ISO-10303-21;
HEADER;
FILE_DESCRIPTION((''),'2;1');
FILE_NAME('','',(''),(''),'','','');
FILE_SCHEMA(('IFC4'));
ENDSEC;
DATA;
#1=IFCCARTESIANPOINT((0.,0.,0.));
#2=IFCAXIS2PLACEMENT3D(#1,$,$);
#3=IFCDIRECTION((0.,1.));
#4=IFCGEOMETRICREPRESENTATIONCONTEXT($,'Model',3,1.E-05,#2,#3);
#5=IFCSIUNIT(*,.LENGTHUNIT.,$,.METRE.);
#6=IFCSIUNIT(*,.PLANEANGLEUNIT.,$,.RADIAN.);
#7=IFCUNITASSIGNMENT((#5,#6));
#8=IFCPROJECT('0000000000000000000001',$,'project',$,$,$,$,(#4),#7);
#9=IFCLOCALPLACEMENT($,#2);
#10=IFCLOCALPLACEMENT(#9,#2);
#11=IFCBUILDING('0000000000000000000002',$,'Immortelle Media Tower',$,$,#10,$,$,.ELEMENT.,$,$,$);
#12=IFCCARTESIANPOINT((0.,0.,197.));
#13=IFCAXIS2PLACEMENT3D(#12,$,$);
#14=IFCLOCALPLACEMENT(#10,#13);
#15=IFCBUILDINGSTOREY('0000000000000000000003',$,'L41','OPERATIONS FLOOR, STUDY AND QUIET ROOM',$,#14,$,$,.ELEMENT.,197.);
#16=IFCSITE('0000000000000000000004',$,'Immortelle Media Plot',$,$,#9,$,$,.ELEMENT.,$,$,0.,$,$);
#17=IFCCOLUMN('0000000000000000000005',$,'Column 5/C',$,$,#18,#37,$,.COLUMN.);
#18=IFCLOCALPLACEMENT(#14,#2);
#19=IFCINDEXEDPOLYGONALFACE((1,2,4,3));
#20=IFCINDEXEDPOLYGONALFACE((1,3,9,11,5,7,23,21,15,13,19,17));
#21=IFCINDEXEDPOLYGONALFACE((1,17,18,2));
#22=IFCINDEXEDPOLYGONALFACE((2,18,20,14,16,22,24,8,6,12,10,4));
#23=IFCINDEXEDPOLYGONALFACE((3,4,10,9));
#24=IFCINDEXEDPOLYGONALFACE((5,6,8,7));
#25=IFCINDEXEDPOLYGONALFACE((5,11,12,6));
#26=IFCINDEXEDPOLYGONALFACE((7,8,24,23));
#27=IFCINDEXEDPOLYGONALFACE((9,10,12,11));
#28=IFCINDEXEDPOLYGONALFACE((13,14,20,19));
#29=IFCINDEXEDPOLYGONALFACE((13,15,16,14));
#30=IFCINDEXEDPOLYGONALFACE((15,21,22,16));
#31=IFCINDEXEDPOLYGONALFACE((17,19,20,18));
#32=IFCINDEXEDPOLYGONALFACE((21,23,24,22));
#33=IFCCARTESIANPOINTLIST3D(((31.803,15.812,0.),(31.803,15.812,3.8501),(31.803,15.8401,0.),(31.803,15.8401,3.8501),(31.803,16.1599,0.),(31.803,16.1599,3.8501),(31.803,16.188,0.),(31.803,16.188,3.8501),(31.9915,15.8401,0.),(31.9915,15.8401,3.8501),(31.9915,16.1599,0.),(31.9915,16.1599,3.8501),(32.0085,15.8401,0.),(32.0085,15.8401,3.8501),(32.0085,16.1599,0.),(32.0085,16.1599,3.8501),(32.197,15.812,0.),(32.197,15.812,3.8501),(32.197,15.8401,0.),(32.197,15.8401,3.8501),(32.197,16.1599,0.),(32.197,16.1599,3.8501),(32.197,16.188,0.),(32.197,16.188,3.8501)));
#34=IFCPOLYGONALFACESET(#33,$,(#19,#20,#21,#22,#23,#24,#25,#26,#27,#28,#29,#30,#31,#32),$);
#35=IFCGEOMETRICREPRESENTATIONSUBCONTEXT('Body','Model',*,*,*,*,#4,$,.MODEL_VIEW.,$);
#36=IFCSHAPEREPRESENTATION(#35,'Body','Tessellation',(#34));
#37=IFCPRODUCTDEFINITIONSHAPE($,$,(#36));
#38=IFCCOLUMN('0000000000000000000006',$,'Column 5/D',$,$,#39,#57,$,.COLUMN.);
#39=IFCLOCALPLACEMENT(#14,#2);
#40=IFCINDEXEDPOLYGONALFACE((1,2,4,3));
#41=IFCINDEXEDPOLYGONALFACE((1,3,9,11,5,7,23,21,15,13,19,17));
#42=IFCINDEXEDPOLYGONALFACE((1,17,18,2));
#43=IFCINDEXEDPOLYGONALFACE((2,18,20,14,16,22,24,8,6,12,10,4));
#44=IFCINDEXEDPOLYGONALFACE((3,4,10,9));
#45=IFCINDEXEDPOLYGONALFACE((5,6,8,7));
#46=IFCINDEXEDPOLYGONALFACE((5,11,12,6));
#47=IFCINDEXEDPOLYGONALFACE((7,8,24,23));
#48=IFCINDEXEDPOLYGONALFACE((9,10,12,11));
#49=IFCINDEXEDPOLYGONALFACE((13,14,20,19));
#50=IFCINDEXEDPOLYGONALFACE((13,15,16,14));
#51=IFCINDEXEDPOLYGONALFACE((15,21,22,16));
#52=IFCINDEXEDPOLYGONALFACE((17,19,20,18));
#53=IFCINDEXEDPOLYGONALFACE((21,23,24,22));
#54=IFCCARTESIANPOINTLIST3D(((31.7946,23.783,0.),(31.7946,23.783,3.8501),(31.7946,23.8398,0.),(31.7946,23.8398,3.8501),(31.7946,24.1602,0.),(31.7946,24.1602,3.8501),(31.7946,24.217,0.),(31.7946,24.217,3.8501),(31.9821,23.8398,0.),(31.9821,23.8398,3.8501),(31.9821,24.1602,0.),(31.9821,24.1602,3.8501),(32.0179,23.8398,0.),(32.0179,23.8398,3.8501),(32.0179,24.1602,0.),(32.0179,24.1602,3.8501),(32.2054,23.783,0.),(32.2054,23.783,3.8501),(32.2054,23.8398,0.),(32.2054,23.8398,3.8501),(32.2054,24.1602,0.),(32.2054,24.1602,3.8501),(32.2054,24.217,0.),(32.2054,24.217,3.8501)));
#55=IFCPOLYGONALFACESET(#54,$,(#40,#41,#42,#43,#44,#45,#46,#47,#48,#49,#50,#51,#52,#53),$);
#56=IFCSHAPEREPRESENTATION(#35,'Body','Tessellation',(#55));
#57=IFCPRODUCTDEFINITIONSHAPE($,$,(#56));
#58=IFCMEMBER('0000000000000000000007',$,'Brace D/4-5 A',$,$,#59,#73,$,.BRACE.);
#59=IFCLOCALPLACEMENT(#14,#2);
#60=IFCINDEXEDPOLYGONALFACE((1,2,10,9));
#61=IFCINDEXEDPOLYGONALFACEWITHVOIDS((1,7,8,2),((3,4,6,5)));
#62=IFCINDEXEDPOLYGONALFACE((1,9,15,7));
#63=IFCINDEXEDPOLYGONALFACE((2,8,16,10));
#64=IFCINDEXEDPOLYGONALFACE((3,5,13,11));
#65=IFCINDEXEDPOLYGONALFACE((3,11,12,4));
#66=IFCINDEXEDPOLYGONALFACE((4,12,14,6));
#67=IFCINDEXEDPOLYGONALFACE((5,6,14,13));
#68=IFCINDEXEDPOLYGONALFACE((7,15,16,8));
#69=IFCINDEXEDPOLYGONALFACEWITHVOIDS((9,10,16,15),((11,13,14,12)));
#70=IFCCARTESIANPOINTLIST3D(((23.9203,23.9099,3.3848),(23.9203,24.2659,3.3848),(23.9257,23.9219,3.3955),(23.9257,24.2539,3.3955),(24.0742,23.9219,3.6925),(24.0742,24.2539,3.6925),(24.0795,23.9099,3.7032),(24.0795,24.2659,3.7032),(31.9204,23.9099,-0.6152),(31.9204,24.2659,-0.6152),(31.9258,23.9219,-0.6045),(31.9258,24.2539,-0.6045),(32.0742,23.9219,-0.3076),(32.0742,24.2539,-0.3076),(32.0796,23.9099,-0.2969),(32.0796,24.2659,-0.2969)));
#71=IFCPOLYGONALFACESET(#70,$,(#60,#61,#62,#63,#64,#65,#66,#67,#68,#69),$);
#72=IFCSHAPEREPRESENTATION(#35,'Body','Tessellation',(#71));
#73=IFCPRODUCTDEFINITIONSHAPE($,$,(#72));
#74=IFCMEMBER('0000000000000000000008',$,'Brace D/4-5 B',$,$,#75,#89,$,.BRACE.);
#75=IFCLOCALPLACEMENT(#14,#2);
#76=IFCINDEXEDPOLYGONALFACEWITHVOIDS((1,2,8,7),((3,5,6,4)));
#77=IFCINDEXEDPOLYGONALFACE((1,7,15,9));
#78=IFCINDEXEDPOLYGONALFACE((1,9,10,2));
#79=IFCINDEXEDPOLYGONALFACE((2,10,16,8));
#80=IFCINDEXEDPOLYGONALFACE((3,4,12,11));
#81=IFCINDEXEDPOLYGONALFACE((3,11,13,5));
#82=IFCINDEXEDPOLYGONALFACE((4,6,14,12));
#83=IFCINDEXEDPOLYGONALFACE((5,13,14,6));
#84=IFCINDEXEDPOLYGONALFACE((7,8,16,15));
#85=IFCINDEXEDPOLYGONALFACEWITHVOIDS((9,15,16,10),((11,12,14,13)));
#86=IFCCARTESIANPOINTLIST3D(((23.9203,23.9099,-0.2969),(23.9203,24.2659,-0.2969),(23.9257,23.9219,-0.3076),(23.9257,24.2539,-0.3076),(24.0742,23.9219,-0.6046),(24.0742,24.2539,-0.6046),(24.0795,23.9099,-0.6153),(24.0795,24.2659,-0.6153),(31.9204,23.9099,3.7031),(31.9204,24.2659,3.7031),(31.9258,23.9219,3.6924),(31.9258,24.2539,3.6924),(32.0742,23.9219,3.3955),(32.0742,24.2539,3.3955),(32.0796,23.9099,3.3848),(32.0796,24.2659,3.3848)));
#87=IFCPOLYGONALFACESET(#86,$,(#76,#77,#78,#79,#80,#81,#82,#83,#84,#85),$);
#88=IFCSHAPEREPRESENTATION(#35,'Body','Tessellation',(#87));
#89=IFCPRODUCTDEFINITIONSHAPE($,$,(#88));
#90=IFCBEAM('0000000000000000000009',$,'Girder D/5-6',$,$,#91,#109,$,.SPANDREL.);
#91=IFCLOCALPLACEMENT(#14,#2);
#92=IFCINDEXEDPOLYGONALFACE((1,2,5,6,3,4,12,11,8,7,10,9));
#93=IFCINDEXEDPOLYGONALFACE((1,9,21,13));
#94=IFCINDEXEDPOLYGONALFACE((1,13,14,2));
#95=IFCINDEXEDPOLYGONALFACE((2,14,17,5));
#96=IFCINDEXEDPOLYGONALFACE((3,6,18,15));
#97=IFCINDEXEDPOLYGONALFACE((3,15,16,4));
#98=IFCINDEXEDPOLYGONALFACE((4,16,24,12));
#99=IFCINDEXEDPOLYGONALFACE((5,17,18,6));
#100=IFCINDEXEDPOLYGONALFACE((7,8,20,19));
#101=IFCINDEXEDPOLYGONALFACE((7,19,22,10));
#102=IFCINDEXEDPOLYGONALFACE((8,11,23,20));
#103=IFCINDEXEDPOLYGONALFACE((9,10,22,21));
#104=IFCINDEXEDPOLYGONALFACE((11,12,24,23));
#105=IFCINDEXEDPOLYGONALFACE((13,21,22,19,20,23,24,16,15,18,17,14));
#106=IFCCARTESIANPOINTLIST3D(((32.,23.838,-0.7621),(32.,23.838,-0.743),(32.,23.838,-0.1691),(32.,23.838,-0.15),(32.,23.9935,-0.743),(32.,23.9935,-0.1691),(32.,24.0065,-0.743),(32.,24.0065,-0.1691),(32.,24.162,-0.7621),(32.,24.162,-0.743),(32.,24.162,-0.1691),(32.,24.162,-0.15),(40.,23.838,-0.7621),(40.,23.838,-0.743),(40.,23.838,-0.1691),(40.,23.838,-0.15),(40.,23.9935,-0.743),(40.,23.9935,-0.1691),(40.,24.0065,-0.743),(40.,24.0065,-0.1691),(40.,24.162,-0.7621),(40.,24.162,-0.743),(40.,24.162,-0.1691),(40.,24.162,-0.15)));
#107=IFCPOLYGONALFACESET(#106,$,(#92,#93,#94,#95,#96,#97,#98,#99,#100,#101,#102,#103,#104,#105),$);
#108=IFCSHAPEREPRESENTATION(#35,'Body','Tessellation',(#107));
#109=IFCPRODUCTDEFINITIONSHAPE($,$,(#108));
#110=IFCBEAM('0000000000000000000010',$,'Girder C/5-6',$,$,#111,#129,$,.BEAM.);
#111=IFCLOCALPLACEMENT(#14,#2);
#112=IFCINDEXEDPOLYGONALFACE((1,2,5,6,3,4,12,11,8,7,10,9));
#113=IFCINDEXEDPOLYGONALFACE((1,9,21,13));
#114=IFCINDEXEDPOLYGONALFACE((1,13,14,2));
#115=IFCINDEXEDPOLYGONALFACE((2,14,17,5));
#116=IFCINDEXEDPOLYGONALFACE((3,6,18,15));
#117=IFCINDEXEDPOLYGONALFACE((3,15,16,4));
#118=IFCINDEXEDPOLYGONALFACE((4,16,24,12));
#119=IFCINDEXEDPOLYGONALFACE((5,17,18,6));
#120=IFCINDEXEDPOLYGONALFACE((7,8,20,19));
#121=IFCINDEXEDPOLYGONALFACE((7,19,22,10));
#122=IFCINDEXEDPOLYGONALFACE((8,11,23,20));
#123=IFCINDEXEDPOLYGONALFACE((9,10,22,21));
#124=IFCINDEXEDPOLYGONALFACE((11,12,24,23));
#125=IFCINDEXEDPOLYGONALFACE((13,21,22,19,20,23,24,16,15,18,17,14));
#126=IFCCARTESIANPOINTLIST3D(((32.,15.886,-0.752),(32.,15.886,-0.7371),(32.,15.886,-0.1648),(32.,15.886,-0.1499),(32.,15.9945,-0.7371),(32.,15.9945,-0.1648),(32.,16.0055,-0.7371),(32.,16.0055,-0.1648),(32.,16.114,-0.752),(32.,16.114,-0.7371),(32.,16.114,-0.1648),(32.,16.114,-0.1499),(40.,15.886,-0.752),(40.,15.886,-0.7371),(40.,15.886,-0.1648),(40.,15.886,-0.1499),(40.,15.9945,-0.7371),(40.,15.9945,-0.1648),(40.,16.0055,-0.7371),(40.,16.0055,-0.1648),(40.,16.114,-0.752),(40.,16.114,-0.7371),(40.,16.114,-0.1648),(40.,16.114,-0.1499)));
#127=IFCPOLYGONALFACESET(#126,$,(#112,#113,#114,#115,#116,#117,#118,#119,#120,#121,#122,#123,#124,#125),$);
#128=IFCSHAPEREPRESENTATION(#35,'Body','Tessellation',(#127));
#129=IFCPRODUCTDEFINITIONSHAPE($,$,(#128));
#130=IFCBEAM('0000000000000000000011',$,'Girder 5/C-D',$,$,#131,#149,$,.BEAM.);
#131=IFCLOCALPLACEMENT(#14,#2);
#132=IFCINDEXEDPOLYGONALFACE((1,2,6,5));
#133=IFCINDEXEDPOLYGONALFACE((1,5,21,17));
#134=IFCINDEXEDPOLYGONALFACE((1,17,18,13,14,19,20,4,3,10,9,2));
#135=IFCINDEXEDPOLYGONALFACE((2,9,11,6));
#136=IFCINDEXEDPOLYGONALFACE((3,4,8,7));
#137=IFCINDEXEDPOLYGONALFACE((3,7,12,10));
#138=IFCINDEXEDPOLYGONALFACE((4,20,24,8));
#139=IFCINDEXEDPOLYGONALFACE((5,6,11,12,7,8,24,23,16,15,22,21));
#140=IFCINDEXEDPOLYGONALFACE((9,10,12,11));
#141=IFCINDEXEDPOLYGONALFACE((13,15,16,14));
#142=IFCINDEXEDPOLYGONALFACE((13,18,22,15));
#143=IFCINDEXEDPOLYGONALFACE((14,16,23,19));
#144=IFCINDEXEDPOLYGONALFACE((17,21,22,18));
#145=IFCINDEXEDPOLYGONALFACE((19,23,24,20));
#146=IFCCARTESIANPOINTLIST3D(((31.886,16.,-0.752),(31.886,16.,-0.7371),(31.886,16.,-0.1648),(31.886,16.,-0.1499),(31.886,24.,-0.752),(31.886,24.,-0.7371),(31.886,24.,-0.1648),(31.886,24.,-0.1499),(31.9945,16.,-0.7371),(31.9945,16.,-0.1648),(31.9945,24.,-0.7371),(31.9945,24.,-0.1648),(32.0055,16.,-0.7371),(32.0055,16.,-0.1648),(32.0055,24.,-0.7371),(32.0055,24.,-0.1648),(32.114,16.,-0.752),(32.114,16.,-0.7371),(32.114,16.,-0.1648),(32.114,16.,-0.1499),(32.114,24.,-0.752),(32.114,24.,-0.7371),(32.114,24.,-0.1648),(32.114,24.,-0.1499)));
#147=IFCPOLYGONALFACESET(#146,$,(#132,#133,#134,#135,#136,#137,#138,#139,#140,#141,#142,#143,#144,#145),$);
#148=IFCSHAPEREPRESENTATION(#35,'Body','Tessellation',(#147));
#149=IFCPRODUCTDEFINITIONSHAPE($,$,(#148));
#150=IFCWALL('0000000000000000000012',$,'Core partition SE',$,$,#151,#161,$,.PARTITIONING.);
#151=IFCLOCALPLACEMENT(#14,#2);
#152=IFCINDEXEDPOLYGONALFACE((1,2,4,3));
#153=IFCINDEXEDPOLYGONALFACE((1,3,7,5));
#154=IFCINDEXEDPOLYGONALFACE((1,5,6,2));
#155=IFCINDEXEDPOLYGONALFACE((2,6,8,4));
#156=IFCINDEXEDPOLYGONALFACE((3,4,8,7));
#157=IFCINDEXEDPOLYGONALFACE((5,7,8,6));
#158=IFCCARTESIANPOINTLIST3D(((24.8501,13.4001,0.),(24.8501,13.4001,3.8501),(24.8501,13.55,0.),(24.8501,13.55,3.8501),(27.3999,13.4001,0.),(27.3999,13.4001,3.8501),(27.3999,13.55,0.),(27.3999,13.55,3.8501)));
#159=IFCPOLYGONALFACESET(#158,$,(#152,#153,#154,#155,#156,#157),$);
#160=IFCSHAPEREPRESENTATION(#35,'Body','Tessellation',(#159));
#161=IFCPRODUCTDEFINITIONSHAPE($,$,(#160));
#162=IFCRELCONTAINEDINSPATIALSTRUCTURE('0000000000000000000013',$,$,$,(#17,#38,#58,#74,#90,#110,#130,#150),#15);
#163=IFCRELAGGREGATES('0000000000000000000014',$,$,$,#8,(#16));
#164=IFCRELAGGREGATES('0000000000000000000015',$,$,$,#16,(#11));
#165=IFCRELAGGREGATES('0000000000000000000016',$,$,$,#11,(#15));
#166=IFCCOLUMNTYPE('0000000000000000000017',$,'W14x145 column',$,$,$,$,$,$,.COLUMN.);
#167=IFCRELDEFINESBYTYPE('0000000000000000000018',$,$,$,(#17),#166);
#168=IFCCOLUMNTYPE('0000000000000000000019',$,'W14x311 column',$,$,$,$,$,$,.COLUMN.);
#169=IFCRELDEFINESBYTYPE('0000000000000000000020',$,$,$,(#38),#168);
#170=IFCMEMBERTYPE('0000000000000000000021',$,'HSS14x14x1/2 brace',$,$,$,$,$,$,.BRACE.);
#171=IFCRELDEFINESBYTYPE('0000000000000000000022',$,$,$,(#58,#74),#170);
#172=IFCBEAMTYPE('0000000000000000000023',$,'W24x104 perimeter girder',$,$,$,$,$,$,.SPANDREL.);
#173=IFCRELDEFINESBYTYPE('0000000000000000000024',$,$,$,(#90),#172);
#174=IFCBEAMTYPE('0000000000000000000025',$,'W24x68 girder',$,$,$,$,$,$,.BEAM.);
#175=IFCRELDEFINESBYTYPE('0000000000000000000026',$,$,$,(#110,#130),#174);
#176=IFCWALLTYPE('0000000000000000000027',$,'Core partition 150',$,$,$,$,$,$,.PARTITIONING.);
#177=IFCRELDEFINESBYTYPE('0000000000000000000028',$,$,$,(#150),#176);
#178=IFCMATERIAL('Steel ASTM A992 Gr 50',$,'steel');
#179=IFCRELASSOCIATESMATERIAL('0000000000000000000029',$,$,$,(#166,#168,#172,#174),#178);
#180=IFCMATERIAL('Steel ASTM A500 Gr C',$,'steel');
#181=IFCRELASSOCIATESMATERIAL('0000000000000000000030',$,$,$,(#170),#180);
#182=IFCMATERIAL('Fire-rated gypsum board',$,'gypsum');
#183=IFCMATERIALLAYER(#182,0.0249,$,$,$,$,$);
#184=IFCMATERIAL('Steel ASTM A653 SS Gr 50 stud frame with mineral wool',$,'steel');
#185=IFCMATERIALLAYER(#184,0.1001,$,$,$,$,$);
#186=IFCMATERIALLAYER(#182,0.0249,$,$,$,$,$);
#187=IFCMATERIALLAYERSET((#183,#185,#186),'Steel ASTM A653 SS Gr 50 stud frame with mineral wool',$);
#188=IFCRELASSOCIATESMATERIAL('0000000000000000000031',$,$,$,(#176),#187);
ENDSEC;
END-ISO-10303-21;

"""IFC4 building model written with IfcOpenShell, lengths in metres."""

from ifc_helpers import new_model, si_unit, direction, frame, frame_2d, origin, origin_2d, place, context, subcontext, project, spatial, rectangle, hollow_rectangle, i_section, extrude, material, layer, layer_set, material_profile, profile_set, type_object, element, save


model = new_model("IFC4")

# Units and contexts
model_context = context("Model", 3, precision=1e-05, world=origin(), true_north=direction((0.0, 1.0)))
body_context = subcontext(model_context, "Body", "Model", "MODEL_VIEW")
ifc_project = project(units=[si_unit("LENGTHUNIT", "METRE"), si_unit("PLANEANGLEUNIT", "RADIAN")], contexts=[model_context])

# Site, building, storey
site_placement = place(None, origin())
site = spatial("IfcSite", under=ifc_project, at=site_placement, Name="Immortelle Media Plot", CompositionType="ELEMENT", RefElevation=0.0)
building_placement = place(site_placement, origin())
building = spatial("IfcBuilding", under=site, at=building_placement, Name="Immortelle Media Tower", CompositionType="ELEMENT")
storey_placement = place(building_placement, frame((0.0, 0.0, 197.0)))
storey = spatial("IfcBuildingStorey", under=building, at=storey_placement, Name="L41", Description="OPERATIONS FLOOR, STUDY AND QUIET ROOM", CompositionType="ELEMENT", Elevation=197.0)

# Columns
ifc_material_1 = material(Name="Steel ASTM A992 Gr 50", Category="steel")
ifc_material_profile_1 = material_profile(ifc_material_1, i_section(OverallWidth=0.394, OverallDepth=0.376, WebThickness=0.0171, FlangeThickness=0.0281, at=origin_2d()), Name="W14x145")
ifc_profile_set_1 = profile_set([ifc_material_profile_1], Name="Steel ASTM A992 Gr 50")
column_type_1 = type_object("IfcColumnType", Name="W14x145 column", PredefinedType="COLUMN", material=ifc_profile_set_1)
column_1_placement = place(storey_placement, frame((32.0, 16.0, 0.0), z_axis=(0.0, 0.0, 1.0), x_axis=(1.0, 0.0, 0.0)))
element("IfcColumn", 1, at=column_1_placement, inside=storey, type_object=column_type_1, Name="Column 5/C", PredefinedType="COLUMN", context=body_context, shape_type="SweptSolid", body=[
    extrude(i_section(OverallWidth=0.394, OverallDepth=0.376, WebThickness=0.0171, FlangeThickness=0.0281, at=origin_2d()), origin(), (0.0, 0.0, 1.0), 3.8501),
])
ifc_material_profile_2 = material_profile(ifc_material_1, i_section(OverallWidth=0.4109, OverallDepth=0.4341, WebThickness=0.0359, FlangeThickness=0.0569, at=origin_2d()), Name="W14x311")
ifc_profile_set_2 = profile_set([ifc_material_profile_2], Name="Steel ASTM A992 Gr 50")
column_type_2 = type_object("IfcColumnType", Name="W14x311 column", PredefinedType="COLUMN", material=ifc_profile_set_2)
column_2_placement = place(storey_placement, frame((32.0, 24.0, 0.0), z_axis=(0.0, 0.0, 1.0), x_axis=(1.0, 0.0, 0.0)))
element("IfcColumn", 2, at=column_2_placement, inside=storey, type_object=column_type_2, Name="Column 5/D", PredefinedType="COLUMN", context=body_context, shape_type="SweptSolid", body=[
    extrude(i_section(OverallWidth=0.4109, OverallDepth=0.4341, WebThickness=0.0359, FlangeThickness=0.0569, at=origin_2d()), origin(), (0.0, 0.0, 1.0), 3.8501),
])

# Members
ifc_material_2 = material(Name="Steel ASTM A500 Gr C", Category="steel")
ifc_material_profile_3 = material_profile(ifc_material_2, hollow_rectangle(XDim=0.356, YDim=0.356, WallThickness=0.012, at=origin_2d()), Name="HSS14x14x1/2 brace")
ifc_profile_set_3 = profile_set([ifc_material_profile_3], Name="Steel ASTM A500 Gr C")
member_type = type_object("IfcMemberType", Name="HSS14x14x1/2 brace", PredefinedType="BRACE", material=ifc_profile_set_3)
for number, where, z_axis, x_axis, name in (
    (3, (32.0, 24.0879, -0.4561), (-0.894427, 0.0, 0.447214), (0.0, -1.0, 0.0), "Brace D/4-5 A"),
    (4, (32.0, 24.0879, 3.5439), (-0.894427, 0.0, -0.447214), (0.0, -1.0, 0.0), "Brace D/4-5 B"),
):
    element("IfcMember", number, at=place(storey_placement, frame(where, z_axis=z_axis, x_axis=x_axis)), inside=storey, type_object=member_type, Name=name, PredefinedType="BRACE", context=body_context, shape_type="SweptSolid", body=[
        extrude(hollow_rectangle(XDim=0.356, YDim=0.356, WallThickness=0.012, at=origin_2d()), origin(), (0.0, 0.0, 1.0), 8.9443),
    ])

# Beams
ifc_material_profile_4 = material_profile(ifc_material_1, i_section(OverallWidth=0.324, OverallDepth=0.6121, WebThickness=0.0129, FlangeThickness=0.019, at=origin_2d()), Name="W24x104")
ifc_profile_set_4 = profile_set([ifc_material_profile_4], Name="Steel ASTM A992 Gr 50")
beam_type_1 = type_object("IfcBeamType", Name="W24x104 perimeter girder", PredefinedType="SPANDREL", material=ifc_profile_set_4)
beam_placement = place(storey_placement, frame((32.0, 24.0, -0.4561), z_axis=(1.0, 0.0, 0.0), x_axis=(0.0, 1.0, 0.0)))
element("IfcBeam", 5, at=beam_placement, inside=storey, type_object=beam_type_1, Name="Girder D/5-6", PredefinedType="SPANDREL", context=body_context, shape_type="SweptSolid", body=[
    extrude(i_section(OverallWidth=0.324, OverallDepth=0.6121, WebThickness=0.0129, FlangeThickness=0.019, at=origin_2d()), origin(), (0.0, 0.0, 1.0), 8.0),
])
ifc_material_profile_5 = material_profile(ifc_material_1, i_section(OverallWidth=0.228, OverallDepth=0.6021, WebThickness=0.011, FlangeThickness=0.0149, at=origin_2d()), Name="W24x68")
ifc_profile_set_5 = profile_set([ifc_material_profile_5], Name="Steel ASTM A992 Gr 50")
beam_type_2 = type_object("IfcBeamType", Name="W24x68 girder", PredefinedType="BEAM", material=ifc_profile_set_5)
for number, where, z_axis, x_axis, name in (
    (6, (32.0, 16.0, -0.4509), (1.0, 0.0, 0.0), (0.0, 1.0, 0.0), "Girder C/5-6"),
    (7, (32.0, 16.0, -0.4509), (0.0, 1.0, 0.0), (-1.0, 0.0, 0.0), "Girder 5/C-D"),
):
    element("IfcBeam", number, at=place(storey_placement, frame(where, z_axis=z_axis, x_axis=x_axis)), inside=storey, type_object=beam_type_2, Name=name, PredefinedType="BEAM", context=body_context, shape_type="SweptSolid", body=[
        extrude(i_section(OverallWidth=0.228, OverallDepth=0.6021, WebThickness=0.011, FlangeThickness=0.0149, at=origin_2d()), origin(), (0.0, 0.0, 1.0), 8.0),
    ])

# Wall
ifc_material_3 = material(Name="Fire-rated gypsum board", Category="gypsum")
ifc_layer_1 = layer(ifc_material_3, 0.0249)
ifc_material_4 = material(Name="Steel ASTM A653 SS Gr 50 stud frame with mineral wool", Category="steel")
ifc_layer_2 = layer(ifc_material_4, 0.1001)
ifc_layer_3 = layer(ifc_material_3, 0.0249)
ifc_layer_set_1 = layer_set([ifc_layer_1, ifc_layer_2, ifc_layer_3], Name="Steel ASTM A653 SS Gr 50 stud frame with mineral wool")
wall_type_1 = type_object("IfcWallType", Name="Core partition 150", PredefinedType="PARTITIONING", material=ifc_layer_set_1)
wall_1_placement = place(storey_placement, frame((24.8501, 13.4751, 0.0), z_axis=(0.0, 0.0, 1.0), x_axis=(1.0, 0.0, 0.0)))
element("IfcWall", 8, at=wall_1_placement, inside=storey, type_object=wall_type_1, Name="Core partition SE", PredefinedType="PARTITIONING", context=body_context, shape_type="SweptSolid", body=[
    extrude(rectangle(XDim=2.5498, YDim=0.1499, at=frame_2d((1.2749, 0.0))), origin(), (0.0, 0.0, 1.0), 3.8501),
])

save(model, "model.ifc")
